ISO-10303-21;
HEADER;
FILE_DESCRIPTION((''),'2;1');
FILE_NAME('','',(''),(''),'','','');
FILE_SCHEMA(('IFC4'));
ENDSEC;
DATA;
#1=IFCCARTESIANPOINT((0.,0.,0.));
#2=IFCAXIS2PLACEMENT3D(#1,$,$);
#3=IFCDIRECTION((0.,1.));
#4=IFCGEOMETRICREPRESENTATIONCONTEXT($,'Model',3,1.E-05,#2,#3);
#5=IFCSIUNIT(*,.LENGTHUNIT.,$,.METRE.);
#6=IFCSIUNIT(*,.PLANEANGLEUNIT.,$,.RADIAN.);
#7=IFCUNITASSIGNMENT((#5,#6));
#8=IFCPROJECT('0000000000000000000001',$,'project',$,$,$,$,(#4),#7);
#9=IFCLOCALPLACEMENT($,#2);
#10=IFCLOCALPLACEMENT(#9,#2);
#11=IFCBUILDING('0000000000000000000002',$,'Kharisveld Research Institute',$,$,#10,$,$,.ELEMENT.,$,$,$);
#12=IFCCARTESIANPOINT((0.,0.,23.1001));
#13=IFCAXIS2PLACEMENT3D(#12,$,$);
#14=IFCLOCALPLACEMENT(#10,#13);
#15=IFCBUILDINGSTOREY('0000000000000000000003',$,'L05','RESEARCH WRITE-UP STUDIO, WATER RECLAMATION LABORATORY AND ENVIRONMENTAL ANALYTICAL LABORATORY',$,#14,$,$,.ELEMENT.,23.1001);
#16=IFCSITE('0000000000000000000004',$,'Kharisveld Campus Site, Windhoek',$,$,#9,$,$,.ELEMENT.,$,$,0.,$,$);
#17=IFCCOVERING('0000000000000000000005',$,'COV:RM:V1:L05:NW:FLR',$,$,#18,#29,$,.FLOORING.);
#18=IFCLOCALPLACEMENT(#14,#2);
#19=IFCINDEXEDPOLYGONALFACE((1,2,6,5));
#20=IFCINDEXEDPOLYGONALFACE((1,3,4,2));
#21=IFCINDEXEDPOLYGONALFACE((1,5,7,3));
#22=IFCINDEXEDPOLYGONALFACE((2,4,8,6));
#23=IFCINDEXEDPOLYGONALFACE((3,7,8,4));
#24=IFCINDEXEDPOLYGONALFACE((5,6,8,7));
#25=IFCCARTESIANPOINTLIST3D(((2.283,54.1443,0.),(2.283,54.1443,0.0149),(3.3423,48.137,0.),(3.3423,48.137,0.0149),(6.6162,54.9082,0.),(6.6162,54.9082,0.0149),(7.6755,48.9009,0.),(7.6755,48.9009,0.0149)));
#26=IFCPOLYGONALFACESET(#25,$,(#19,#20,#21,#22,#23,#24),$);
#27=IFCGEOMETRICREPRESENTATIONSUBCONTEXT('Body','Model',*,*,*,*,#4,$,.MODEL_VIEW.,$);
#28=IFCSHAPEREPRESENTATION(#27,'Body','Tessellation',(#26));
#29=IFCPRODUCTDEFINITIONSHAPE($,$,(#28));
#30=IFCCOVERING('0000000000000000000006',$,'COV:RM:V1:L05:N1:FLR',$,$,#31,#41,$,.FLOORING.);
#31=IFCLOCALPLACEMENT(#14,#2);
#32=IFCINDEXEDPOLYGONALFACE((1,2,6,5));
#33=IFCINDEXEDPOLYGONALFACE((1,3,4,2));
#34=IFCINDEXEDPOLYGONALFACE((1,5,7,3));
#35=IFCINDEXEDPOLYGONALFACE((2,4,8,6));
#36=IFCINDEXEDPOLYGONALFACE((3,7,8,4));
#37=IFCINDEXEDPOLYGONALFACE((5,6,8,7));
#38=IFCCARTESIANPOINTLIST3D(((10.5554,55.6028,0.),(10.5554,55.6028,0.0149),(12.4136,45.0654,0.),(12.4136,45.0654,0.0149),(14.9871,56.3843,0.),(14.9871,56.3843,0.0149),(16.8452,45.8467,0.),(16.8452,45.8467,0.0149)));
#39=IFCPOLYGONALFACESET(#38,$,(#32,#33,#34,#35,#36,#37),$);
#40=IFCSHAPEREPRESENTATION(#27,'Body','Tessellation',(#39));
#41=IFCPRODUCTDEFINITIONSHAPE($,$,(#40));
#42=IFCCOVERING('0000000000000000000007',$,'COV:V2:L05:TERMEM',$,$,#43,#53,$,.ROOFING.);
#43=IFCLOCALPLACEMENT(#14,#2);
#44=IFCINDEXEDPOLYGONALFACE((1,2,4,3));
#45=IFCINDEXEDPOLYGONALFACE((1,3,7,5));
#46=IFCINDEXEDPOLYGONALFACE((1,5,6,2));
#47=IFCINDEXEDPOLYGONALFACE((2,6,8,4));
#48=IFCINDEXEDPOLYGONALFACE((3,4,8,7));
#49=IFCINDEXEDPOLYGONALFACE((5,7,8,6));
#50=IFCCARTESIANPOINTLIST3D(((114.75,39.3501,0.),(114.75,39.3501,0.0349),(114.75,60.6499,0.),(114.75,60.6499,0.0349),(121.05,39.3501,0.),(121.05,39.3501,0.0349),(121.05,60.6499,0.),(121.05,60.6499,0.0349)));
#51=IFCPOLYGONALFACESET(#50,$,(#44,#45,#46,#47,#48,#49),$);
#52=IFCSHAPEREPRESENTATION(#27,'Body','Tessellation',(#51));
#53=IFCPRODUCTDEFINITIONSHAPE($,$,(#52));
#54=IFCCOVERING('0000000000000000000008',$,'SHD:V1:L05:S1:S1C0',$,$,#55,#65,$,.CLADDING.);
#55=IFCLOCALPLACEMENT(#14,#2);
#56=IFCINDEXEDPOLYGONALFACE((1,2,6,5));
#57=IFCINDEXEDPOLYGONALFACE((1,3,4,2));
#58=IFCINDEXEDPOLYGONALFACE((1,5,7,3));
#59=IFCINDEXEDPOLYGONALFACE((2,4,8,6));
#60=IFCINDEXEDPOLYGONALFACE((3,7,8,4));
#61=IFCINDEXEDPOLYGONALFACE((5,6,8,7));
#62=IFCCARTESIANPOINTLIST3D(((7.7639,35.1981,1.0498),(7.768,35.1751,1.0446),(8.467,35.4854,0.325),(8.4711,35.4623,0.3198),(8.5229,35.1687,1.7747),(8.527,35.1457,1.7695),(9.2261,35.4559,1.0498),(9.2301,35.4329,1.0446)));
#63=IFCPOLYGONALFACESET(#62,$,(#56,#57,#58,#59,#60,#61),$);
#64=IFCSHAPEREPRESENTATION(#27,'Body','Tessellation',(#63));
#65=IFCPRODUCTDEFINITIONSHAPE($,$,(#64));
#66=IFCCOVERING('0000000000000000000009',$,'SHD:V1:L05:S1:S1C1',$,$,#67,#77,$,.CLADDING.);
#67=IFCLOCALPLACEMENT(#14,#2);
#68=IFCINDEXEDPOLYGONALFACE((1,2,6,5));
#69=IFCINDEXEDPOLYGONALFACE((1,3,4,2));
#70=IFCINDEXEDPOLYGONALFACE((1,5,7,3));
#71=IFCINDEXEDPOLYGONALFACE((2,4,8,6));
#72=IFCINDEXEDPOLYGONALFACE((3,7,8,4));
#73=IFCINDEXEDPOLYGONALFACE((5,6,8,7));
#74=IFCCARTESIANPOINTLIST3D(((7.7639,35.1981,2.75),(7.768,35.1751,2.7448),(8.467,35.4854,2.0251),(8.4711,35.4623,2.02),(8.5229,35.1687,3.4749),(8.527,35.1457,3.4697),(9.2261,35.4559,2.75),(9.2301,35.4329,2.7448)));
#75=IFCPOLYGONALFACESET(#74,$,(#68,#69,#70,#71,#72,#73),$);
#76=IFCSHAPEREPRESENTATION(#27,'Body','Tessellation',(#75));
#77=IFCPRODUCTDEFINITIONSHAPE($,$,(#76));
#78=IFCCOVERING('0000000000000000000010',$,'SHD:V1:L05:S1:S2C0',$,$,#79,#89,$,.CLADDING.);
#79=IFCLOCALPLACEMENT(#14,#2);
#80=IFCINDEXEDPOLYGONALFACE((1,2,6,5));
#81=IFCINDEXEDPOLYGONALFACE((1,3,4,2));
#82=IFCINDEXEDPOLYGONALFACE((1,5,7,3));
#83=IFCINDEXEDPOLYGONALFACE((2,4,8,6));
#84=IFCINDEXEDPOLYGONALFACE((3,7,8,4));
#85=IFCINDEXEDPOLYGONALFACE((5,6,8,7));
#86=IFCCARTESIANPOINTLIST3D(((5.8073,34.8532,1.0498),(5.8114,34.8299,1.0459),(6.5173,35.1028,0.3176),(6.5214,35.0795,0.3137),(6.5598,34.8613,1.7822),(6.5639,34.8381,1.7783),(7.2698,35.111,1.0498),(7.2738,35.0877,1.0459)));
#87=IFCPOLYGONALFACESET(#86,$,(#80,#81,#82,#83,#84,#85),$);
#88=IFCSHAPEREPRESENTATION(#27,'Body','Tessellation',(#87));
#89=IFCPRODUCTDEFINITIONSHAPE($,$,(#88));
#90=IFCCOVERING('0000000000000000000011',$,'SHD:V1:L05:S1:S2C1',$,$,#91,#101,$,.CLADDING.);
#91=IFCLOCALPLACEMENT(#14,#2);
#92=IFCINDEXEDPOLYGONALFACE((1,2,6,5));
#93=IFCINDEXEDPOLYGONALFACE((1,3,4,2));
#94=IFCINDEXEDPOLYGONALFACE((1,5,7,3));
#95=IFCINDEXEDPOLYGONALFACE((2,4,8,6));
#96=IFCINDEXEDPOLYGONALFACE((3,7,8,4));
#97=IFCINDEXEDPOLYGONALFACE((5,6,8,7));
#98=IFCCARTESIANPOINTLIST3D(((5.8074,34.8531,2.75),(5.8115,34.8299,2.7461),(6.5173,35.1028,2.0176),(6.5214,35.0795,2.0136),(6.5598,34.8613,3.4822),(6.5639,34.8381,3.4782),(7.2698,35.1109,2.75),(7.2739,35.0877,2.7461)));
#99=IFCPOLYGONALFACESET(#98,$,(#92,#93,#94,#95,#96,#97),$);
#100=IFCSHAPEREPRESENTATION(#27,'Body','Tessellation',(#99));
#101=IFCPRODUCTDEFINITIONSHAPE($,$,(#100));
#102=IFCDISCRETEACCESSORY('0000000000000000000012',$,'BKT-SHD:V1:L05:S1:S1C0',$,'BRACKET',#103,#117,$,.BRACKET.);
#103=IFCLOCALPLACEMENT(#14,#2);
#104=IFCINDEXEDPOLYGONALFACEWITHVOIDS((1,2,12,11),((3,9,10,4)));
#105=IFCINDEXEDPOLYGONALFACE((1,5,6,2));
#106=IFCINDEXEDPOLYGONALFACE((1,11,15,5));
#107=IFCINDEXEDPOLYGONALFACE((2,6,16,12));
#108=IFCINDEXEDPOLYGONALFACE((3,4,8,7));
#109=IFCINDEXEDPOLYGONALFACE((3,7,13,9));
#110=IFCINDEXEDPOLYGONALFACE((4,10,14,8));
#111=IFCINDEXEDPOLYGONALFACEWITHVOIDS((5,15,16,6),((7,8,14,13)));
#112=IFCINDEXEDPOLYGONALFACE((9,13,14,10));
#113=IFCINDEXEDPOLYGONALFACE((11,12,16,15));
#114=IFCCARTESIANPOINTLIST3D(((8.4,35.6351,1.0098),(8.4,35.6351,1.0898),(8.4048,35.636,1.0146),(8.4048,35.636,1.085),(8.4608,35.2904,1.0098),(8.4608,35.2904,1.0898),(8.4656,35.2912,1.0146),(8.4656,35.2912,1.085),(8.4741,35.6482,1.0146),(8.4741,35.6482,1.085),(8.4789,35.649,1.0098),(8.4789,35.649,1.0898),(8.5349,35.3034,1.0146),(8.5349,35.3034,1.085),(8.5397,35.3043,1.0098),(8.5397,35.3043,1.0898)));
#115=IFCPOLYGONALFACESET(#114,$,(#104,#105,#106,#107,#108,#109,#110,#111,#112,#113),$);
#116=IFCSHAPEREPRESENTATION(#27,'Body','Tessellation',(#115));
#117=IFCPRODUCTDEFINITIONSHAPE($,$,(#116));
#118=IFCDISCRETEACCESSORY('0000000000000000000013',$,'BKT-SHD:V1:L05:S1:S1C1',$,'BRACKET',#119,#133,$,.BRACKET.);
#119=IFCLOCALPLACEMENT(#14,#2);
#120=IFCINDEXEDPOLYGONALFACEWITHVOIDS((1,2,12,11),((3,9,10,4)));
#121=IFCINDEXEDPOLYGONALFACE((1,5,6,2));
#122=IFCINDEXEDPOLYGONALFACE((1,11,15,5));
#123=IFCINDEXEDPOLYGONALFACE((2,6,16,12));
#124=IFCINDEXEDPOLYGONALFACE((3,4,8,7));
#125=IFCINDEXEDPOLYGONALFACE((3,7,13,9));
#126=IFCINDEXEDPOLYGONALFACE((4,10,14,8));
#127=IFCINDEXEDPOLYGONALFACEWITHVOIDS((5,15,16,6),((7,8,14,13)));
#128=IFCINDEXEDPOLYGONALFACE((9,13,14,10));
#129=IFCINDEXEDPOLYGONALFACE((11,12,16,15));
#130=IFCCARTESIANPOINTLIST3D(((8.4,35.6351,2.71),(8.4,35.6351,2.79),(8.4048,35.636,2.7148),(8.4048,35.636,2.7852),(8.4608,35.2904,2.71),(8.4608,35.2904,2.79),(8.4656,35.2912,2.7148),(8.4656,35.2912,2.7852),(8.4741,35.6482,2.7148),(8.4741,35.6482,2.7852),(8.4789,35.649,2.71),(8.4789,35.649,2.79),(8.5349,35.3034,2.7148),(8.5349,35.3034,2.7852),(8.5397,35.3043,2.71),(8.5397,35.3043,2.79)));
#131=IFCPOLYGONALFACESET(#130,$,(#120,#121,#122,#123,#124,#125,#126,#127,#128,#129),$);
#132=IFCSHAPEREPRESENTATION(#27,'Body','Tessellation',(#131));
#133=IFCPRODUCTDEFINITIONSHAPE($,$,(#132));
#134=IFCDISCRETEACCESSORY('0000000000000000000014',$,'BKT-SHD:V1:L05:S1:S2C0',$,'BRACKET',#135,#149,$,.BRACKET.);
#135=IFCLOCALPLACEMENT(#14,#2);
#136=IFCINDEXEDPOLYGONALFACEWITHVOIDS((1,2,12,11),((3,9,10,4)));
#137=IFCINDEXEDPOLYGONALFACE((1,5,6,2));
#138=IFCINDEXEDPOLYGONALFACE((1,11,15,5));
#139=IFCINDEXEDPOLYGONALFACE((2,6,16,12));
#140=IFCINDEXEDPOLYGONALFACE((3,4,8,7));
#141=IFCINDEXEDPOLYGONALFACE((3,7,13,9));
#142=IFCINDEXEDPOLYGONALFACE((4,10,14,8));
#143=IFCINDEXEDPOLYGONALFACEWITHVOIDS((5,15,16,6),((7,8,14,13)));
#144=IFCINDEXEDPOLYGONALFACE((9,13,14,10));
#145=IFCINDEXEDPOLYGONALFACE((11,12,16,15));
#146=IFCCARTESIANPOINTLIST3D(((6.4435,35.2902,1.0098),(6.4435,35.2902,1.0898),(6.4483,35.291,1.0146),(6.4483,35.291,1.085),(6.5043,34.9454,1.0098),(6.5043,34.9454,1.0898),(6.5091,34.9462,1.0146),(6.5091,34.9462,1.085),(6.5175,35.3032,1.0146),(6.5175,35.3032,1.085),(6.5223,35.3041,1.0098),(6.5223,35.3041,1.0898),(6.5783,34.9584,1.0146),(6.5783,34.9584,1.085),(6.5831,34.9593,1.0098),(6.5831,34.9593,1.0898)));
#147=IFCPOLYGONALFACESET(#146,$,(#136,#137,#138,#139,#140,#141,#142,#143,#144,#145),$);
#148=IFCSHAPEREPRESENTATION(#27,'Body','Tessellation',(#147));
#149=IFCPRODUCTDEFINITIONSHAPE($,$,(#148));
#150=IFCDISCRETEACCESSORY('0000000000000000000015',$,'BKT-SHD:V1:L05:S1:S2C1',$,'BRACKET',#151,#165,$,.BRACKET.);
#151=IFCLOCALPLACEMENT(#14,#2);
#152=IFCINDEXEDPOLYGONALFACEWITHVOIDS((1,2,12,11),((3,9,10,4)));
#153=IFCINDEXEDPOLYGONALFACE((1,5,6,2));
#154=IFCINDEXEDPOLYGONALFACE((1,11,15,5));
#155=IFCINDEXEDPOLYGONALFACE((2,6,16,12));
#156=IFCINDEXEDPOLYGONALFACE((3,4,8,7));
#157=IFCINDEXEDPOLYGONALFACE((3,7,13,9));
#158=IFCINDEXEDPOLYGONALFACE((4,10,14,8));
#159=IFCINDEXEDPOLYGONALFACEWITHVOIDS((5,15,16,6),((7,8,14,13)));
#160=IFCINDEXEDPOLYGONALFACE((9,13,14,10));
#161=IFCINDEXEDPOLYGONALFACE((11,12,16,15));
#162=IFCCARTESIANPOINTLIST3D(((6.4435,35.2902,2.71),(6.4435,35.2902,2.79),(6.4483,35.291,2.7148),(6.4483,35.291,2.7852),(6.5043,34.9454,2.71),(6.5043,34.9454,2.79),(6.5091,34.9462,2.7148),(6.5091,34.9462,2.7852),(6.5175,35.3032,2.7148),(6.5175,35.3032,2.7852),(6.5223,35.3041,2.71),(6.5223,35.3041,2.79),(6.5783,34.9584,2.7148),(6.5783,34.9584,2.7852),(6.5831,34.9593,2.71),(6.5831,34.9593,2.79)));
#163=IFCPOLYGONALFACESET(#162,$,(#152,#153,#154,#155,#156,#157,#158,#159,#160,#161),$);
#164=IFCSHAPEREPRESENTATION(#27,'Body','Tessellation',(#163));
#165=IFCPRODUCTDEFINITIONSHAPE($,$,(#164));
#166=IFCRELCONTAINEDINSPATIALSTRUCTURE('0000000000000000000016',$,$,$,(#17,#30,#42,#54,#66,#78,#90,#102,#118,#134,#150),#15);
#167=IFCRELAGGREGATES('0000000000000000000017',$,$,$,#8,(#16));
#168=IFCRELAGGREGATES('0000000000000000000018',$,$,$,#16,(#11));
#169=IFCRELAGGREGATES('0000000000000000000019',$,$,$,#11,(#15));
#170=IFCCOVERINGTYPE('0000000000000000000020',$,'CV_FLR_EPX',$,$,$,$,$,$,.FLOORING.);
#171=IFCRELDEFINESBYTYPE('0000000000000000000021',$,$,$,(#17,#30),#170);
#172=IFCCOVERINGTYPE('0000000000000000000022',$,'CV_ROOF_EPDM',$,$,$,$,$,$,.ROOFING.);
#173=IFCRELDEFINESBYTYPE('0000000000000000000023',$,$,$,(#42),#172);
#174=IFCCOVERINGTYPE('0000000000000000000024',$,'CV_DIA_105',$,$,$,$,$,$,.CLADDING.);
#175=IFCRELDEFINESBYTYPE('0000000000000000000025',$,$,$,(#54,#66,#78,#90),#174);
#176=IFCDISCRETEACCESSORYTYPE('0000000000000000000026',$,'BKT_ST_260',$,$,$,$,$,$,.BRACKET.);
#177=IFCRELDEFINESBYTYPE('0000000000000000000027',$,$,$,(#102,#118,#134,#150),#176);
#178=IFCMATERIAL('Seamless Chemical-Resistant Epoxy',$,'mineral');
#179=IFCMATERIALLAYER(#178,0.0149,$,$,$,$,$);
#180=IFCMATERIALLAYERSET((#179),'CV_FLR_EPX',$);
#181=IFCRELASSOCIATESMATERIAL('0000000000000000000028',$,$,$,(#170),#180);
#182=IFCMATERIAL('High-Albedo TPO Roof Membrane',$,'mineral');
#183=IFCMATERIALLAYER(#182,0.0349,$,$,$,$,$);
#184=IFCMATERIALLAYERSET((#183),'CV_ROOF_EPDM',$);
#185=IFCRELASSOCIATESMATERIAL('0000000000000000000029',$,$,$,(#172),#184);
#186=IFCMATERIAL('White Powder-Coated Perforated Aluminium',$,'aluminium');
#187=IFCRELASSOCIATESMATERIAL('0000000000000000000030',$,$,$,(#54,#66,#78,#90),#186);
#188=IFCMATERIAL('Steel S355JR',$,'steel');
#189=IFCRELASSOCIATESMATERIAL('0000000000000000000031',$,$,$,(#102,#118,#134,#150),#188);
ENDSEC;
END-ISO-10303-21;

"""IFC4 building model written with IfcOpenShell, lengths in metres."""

from ifc_helpers import new_model, si_unit, direction, frame, origin, origin_2d, place, context, subcontext, project, spatial, polyline, hollow_rectangle, outline, extrude, material, layer, layer_set, type_object, element, save


model = new_model("IFC4")

# Units and contexts
model_context = context("Model", 3, precision=1e-05, world=origin(), true_north=direction((0.0, 1.0)))
body_context = subcontext(model_context, "Body", "Model", "MODEL_VIEW")
ifc_project = project(units=[si_unit("LENGTHUNIT", "METRE"), si_unit("PLANEANGLEUNIT", "RADIAN")], contexts=[model_context])

# Site, building, storey
site_placement = place(None, origin())
site = spatial("IfcSite", under=ifc_project, at=site_placement, Name="Kharisveld Campus Site, Windhoek", CompositionType="ELEMENT", RefElevation=0.0)
building_placement = place(site_placement, origin())
building = spatial("IfcBuilding", under=site, at=building_placement, Name="Kharisveld Research Institute", CompositionType="ELEMENT")
storey_placement = place(building_placement, frame((0.0, 0.0, 23.1001)))
storey = spatial("IfcBuildingStorey", under=building, at=storey_placement, Name="L05", Description="RESEARCH WRITE-UP STUDIO, WATER RECLAMATION LABORATORY AND ENVIRONMENTAL ANALYTICAL LABORATORY", CompositionType="ELEMENT", Elevation=23.1001)

# Coverings
ifc_material_1 = material(Name="Seamless Chemical-Resistant Epoxy", Category="mineral")
ifc_layer_1 = layer(ifc_material_1, 0.0149)
ifc_layer_set_1 = layer_set([ifc_layer_1], Name="CV_FLR_EPX")
covering_type_1 = type_object("IfcCoveringType", Name="CV_FLR_EPX", PredefinedType="FLOORING", material=ifc_layer_set_1)
covering_1_placement = place(storey_placement, origin())
element("IfcCovering", 1, at=covering_1_placement, inside=storey, type_object=covering_type_1, Name="COV:RM:V1:L05:NW:FLR", PredefinedType="FLOORING", context=body_context, shape_type="SweptSolid", body=[
    extrude(outline(polyline([(3.3423, 48.137), (7.6755, 48.9009), (6.6162, 54.9082), (2.283, 54.1443), (3.3423, 48.137)])), origin(), (0.0, 0.0, 1.0), 0.0149),
])
covering_2_placement = place(storey_placement, origin())
element("IfcCovering", 2, at=covering_2_placement, inside=storey, type_object=covering_type_1, Name="COV:RM:V1:L05:N1:FLR", PredefinedType="FLOORING", context=body_context, shape_type="SweptSolid", body=[
    extrude(outline(polyline([(12.4136, 45.0654), (16.8452, 45.8467), (14.9871, 56.3843), (10.5554, 55.6028), (12.4136, 45.0654)])), origin(), (0.0, 0.0, 1.0), 0.0149),
])
ifc_material_2 = material(Name="High-Albedo TPO Roof Membrane", Category="mineral")
ifc_layer_2 = layer(ifc_material_2, 0.0349)
ifc_layer_set_2 = layer_set([ifc_layer_2], Name="CV_ROOF_EPDM")
covering_type_2 = type_object("IfcCoveringType", Name="CV_ROOF_EPDM", PredefinedType="ROOFING", material=ifc_layer_set_2)
covering_3_placement = place(storey_placement, origin())
element("IfcCovering", 3, at=covering_3_placement, inside=storey, type_object=covering_type_2, Name="COV:V2:L05:TERMEM", PredefinedType="ROOFING", context=body_context, shape_type="SweptSolid", body=[
    extrude(outline(polyline([(114.75, 39.3501), (121.05, 39.3501), (121.05, 60.6499), (114.75, 60.6499), (114.75, 39.3501)])), origin(), (0.0, 0.0, 1.0), 0.0349),
])
ifc_material_3 = material(Name="White Powder-Coated Perforated Aluminium", Category="aluminium")
covering_type_3 = type_object("IfcCoveringType", Name="CV_DIA_105", PredefinedType="CLADDING")
for number, where, z_axis, x_axis, name in (
    (4, (8.467, 35.4854, 0.325), (-0.169525, 0.961443, 0.21654), (-0.669701, -0.273579, 0.690402), "SHD:V1:L05:S1:S1C0"),
    (5, (8.467, 35.4854, 2.0251), (-0.169525, 0.961443, 0.21654), (-0.669701, -0.273579, 0.690402), "SHD:V1:L05:S1:S1C1"),
):
    element("IfcCovering", number, at=place(storey_placement, frame(where, z_axis=z_axis, x_axis=x_axis)), inside=storey, type_object=covering_type_3, material=ifc_material_3, Name=name, PredefinedType="CLADDING", context=body_context, shape_type="SweptSolid", body=[
        extrude(outline(polyline([(0.0, 0.0), (1.0499, 0.0), (1.0501, 1.05), (0.0002, 1.05), (0.0, 0.0)])), origin(), (0.0, 0.0, -1.0), 0.0239),
    ])
covering_4_placement = place(storey_placement, frame((6.5173, 35.1028, 0.3176), z_axis=(-0.171234, 0.971299, 0.165096), x_axis=(-0.676174, -0.237734, 0.697332)))
element("IfcCovering", 6, at=covering_4_placement, inside=storey, type_object=covering_type_3, material=ifc_material_3, Name="SHD:V1:L05:S1:S2C0", PredefinedType="CLADDING", context=body_context, shape_type="SweptSolid", body=[
    extrude(outline(polyline([(0.0, 0.0), (1.05, 0.0), (1.05, 1.0501), (-0.0001, 1.0499), (0.0, 0.0)])), origin(), (0.0, 0.0, -1.0), 0.0239),
])
covering_5_placement = place(storey_placement, frame((6.5173, 35.1028, 2.0176), z_axis=(-0.171234, 0.971299, 0.165096), x_axis=(-0.676058, -0.237732, 0.697445)))
element("IfcCovering", 7, at=covering_5_placement, inside=storey, type_object=covering_type_3, material=ifc_material_3, Name="SHD:V1:L05:S1:S2C1", PredefinedType="CLADDING", context=body_context, shape_type="SweptSolid", body=[
    extrude(outline(polyline([(0.0, 0.0), (1.0502, 0.0), (1.0502, 1.0499), (0.0002, 1.0501), (0.0, 0.0)])), origin(), (0.0, 0.0, -1.0), 0.0239),
])

# Discrete accessories
ifc_material_4 = material(Name="Steel S355JR", Category="steel")
discrete_accessory_type = type_object("IfcDiscreteAccessoryType", Name="BKT_ST_260", PredefinedType="BRACKET")
for number, where, z_axis, x_axis, name in (
    (8, (8.4395, 35.6421, 1.0498), (0.173666, -0.984805, 0.0), (0.984805, 0.173666, 0.0), "BKT-SHD:V1:L05:S1:S1C0"),
    (9, (8.4395, 35.6421, 2.75), (0.173666, -0.984805, 0.0), (0.984805, 0.173666, 0.0), "BKT-SHD:V1:L05:S1:S1C1"),
    (10, (6.4829, 35.2971, 1.0498), (0.173666, -0.984805, 0.0), (0.984805, 0.173666, 0.0), "BKT-SHD:V1:L05:S1:S2C0"),
    (11, (6.4829, 35.2971, 2.75), (0.173666, -0.984805, 0.0), (0.984805, 0.173666, 0.0), "BKT-SHD:V1:L05:S1:S2C1"),
):
    element("IfcDiscreteAccessory", number, at=place(storey_placement, frame(where, z_axis=z_axis, x_axis=x_axis)), inside=storey, type_object=discrete_accessory_type, material=ifc_material_4, Name=name, ObjectType="BRACKET", PredefinedType="BRACKET", context=body_context, shape_type="SweptSolid", body=[
        extrude(hollow_rectangle(XDim=0.0801, YDim=0.0801, WallThickness=0.0049, at=origin_2d()), origin(), (0.0, 0.0, 1.0), 0.3501),
    ])

save(model, "model.ifc")
